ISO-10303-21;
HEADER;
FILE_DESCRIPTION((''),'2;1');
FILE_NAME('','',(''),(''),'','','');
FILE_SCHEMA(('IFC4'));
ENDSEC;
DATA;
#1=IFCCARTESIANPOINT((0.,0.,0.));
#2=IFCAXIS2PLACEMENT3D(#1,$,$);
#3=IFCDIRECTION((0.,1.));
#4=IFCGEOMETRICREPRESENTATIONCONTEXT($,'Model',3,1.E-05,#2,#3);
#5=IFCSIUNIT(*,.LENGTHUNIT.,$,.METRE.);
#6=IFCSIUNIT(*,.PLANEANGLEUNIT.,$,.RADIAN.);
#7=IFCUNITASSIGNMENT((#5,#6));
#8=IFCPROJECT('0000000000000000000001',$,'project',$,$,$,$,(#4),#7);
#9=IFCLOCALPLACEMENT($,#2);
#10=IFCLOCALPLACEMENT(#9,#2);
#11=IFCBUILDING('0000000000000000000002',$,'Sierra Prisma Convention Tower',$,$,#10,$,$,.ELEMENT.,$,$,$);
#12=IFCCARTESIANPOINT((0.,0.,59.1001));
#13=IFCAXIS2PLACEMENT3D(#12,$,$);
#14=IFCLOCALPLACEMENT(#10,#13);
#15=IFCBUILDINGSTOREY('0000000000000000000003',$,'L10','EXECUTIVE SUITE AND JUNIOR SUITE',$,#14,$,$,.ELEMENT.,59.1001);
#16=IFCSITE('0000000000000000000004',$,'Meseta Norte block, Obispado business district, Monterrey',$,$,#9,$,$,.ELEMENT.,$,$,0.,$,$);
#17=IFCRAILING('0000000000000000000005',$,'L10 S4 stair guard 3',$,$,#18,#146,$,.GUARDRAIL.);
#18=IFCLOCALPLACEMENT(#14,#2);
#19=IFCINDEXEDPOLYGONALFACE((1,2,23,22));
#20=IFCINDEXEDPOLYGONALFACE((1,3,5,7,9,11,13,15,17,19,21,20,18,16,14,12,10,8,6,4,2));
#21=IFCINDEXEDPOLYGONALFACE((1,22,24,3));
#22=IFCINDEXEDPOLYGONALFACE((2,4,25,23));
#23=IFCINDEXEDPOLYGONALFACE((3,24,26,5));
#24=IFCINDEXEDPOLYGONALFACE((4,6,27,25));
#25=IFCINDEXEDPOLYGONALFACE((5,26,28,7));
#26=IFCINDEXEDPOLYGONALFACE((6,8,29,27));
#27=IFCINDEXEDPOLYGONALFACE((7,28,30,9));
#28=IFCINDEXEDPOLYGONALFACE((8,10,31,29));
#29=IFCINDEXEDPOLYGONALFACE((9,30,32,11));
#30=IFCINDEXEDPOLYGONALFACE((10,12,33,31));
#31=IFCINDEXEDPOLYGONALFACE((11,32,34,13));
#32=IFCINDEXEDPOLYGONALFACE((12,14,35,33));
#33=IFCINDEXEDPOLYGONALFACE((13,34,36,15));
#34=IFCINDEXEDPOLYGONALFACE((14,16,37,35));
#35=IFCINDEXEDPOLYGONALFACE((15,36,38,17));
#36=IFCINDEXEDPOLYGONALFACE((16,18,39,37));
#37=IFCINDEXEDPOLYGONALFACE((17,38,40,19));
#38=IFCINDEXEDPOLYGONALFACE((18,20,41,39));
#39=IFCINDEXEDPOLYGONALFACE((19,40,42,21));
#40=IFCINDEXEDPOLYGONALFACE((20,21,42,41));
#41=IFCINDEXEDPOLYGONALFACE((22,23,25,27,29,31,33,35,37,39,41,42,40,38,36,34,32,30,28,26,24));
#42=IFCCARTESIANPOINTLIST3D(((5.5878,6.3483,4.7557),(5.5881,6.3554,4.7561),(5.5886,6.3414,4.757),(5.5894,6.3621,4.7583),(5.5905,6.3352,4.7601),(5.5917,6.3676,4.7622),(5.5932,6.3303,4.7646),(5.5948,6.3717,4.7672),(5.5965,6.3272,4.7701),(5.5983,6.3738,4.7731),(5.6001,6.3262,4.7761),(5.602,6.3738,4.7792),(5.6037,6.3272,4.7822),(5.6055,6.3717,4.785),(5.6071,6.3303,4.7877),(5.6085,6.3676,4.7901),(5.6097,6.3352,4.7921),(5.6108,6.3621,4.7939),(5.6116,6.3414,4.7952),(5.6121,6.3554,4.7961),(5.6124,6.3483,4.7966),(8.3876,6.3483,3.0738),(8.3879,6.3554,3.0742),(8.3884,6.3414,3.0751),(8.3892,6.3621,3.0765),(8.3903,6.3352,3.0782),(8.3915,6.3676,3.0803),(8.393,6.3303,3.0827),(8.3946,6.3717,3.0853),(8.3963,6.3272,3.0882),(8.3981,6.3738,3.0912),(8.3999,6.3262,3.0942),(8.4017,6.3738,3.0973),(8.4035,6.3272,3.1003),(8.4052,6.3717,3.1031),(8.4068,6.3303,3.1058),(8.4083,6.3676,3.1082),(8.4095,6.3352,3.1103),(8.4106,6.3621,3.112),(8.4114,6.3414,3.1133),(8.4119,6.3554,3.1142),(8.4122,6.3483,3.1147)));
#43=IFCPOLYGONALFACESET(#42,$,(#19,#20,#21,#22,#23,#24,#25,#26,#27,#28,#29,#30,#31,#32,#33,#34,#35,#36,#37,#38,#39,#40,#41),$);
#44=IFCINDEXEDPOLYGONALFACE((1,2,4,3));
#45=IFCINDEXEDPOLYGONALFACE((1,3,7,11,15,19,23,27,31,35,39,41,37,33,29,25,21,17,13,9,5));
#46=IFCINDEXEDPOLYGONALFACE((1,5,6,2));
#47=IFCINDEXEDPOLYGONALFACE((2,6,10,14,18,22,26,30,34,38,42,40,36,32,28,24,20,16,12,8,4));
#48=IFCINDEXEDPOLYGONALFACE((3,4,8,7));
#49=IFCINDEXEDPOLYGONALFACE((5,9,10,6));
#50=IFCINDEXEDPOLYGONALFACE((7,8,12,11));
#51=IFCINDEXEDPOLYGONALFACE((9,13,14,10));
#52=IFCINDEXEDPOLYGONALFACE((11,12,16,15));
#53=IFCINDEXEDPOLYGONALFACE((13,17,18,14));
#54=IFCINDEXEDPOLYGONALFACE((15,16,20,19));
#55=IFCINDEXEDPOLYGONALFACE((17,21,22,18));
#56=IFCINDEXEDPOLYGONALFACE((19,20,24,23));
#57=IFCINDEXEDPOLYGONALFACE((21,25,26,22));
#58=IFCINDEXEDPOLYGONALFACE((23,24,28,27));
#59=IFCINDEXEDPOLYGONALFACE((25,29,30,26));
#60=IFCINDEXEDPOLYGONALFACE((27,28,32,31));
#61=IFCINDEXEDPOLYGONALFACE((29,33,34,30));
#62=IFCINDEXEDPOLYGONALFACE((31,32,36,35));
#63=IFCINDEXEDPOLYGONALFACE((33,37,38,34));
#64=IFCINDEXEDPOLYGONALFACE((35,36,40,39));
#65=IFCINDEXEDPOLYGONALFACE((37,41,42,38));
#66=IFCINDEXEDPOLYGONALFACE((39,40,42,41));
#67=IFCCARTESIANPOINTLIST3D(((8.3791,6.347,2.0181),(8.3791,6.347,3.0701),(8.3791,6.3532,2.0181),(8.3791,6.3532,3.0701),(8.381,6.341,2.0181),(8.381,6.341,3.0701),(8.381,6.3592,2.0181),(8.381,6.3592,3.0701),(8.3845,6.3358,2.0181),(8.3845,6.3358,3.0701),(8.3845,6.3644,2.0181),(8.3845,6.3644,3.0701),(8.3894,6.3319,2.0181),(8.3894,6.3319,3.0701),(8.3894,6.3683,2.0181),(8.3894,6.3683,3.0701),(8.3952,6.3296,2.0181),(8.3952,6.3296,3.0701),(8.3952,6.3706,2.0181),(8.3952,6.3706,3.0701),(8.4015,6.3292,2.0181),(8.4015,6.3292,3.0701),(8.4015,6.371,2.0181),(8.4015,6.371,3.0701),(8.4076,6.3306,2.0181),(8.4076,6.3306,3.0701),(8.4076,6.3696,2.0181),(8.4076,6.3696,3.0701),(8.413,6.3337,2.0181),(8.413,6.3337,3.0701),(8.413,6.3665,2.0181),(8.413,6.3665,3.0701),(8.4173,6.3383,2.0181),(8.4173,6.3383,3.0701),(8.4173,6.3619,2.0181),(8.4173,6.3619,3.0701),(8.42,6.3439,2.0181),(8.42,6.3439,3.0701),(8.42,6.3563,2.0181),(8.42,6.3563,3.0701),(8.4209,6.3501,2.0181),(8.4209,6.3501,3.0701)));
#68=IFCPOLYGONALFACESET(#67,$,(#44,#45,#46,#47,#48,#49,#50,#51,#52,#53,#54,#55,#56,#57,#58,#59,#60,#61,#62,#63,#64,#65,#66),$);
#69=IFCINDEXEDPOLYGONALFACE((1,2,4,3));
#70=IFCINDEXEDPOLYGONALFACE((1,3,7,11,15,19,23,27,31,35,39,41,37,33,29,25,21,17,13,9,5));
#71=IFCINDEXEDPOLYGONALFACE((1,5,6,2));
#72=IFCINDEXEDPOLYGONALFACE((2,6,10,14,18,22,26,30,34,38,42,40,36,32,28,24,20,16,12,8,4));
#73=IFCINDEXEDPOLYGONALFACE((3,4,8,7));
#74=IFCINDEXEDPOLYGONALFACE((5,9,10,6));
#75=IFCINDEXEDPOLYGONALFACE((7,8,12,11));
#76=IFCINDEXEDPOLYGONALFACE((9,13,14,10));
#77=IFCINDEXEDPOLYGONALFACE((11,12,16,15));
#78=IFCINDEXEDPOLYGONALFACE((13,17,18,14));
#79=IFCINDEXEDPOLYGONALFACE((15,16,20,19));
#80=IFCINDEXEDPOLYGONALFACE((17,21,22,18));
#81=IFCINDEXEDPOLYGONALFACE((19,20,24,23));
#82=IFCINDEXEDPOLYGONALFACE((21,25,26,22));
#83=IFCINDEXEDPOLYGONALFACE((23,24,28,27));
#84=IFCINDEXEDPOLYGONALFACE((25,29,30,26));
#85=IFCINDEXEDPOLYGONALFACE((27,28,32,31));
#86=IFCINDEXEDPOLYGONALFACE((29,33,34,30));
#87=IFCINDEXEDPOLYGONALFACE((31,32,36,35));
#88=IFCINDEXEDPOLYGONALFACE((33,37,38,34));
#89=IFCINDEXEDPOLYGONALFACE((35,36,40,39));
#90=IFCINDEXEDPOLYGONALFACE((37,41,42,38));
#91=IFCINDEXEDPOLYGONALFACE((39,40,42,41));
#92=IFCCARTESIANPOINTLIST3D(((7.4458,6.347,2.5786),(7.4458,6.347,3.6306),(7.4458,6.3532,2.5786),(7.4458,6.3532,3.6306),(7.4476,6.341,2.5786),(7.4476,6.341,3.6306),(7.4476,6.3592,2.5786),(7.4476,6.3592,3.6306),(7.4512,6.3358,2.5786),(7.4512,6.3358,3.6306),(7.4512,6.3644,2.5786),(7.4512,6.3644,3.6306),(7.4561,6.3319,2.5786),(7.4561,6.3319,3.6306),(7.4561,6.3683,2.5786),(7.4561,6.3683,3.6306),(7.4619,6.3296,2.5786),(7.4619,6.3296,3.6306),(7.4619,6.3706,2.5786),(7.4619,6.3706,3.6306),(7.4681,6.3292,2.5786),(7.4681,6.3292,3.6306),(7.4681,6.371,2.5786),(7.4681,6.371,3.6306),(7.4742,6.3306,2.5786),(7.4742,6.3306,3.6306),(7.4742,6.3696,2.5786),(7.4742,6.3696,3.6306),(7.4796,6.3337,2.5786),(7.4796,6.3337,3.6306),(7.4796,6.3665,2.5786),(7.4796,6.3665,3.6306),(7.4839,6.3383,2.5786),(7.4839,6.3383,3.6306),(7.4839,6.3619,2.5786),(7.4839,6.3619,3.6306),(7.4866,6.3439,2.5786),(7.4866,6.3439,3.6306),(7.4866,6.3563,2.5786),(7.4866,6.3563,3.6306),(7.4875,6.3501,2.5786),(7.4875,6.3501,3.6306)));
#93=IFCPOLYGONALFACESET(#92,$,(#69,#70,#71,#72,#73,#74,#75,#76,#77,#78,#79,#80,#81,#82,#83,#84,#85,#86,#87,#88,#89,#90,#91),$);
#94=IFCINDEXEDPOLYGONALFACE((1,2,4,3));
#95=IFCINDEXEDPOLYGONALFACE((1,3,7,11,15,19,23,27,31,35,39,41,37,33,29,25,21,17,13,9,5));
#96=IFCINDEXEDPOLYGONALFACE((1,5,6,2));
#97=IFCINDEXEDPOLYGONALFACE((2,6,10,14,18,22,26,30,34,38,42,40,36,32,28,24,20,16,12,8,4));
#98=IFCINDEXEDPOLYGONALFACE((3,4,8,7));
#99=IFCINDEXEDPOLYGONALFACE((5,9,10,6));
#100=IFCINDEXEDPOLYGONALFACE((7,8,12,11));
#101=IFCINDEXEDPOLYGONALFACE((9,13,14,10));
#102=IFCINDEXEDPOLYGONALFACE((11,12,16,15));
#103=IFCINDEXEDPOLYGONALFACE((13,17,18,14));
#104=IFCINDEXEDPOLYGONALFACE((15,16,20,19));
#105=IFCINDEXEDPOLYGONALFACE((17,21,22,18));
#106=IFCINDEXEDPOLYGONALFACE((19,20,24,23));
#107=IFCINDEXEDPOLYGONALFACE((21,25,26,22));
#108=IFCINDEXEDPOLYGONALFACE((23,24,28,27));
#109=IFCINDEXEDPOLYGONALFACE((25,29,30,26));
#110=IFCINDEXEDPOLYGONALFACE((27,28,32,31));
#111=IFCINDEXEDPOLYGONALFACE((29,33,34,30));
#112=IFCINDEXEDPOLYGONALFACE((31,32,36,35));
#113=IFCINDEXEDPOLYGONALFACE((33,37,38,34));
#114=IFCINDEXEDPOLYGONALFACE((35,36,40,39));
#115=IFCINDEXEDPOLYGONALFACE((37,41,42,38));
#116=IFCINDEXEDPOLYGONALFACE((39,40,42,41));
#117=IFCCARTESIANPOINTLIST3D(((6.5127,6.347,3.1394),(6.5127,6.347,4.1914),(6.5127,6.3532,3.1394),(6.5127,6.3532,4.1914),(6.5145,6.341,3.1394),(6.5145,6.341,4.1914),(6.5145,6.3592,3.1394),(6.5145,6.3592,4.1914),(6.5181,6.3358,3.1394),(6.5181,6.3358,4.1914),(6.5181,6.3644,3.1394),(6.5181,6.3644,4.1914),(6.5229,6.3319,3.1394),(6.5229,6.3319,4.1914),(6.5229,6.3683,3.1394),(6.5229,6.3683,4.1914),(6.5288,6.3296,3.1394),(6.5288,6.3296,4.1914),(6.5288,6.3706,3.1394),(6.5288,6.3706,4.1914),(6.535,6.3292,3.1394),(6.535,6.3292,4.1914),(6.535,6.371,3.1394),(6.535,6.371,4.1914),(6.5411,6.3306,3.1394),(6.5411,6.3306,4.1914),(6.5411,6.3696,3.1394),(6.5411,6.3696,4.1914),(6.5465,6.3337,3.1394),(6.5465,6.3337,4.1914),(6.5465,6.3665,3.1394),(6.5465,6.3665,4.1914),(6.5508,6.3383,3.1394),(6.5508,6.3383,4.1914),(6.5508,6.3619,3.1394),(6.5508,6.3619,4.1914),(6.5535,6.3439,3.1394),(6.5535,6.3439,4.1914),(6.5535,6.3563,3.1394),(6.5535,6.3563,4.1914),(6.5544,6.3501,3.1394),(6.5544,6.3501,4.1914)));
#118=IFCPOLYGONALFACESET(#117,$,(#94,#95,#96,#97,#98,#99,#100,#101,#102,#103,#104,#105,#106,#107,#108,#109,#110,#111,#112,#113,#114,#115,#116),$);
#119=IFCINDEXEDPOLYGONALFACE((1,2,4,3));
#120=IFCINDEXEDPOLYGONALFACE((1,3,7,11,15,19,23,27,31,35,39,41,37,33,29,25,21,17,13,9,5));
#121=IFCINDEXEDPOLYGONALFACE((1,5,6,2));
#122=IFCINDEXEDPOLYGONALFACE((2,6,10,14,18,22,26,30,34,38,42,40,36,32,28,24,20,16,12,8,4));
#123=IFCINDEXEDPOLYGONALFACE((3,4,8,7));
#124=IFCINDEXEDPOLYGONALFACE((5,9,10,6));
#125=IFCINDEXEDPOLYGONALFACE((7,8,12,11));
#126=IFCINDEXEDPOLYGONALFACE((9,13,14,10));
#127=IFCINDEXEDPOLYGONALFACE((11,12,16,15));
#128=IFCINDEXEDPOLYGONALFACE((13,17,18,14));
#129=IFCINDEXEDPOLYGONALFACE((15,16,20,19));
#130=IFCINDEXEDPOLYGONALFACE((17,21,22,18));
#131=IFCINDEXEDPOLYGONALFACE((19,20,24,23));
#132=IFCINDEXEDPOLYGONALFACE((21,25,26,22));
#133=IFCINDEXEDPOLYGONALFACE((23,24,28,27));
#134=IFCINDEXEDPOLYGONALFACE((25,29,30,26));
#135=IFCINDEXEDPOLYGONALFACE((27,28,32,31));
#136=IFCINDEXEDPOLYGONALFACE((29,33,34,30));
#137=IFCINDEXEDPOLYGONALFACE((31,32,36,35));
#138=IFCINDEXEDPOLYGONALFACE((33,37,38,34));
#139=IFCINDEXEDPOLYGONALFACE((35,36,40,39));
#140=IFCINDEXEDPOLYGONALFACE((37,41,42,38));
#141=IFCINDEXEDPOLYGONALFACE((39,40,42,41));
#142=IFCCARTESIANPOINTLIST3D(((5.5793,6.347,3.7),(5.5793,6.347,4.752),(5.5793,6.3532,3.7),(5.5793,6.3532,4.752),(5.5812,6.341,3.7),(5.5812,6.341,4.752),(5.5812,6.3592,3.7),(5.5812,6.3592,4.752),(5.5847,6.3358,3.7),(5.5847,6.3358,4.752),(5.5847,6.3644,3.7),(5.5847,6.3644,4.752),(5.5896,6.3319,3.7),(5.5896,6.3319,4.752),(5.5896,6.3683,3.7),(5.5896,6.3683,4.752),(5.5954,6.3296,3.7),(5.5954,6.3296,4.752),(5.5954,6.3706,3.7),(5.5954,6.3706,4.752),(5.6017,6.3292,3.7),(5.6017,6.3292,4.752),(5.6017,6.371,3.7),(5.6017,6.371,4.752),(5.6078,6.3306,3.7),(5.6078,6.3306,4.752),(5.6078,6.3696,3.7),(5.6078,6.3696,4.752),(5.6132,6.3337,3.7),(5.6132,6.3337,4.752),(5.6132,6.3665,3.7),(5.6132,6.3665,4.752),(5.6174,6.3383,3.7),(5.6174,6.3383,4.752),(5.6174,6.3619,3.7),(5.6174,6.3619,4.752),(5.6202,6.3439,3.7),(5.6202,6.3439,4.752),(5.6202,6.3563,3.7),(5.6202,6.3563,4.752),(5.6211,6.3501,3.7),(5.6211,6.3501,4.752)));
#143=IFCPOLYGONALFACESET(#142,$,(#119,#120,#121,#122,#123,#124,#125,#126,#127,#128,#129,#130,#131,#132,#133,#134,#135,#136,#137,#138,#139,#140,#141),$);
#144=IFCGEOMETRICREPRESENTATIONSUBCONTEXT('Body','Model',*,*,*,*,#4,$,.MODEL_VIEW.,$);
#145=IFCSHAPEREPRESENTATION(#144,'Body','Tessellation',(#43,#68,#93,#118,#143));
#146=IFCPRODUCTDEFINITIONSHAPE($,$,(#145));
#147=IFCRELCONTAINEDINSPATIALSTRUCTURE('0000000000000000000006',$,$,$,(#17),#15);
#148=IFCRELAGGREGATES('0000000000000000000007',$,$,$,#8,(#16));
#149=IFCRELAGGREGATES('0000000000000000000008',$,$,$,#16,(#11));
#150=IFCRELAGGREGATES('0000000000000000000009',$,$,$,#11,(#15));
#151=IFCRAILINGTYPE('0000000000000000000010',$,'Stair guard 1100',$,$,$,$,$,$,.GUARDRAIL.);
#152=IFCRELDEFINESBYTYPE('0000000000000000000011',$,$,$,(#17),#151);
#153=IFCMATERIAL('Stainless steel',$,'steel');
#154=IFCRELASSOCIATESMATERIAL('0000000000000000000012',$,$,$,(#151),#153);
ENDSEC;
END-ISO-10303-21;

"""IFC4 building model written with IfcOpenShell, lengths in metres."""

from ifc_helpers import new_model, si_unit, direction, frame, origin, origin_2d, place, context, subcontext, project, spatial, circle, extrude, material, type_object, element, save


model = new_model("IFC4")

# Units and contexts
model_context = context("Model", 3, precision=1e-05, world=origin(), true_north=direction((0.0, 1.0)))
body_context = subcontext(model_context, "Body", "Model", "MODEL_VIEW")
ifc_project = project(units=[si_unit("LENGTHUNIT", "METRE"), si_unit("PLANEANGLEUNIT", "RADIAN")], contexts=[model_context])

# Site, building, storey
site_placement = place(None, origin())
site = spatial("IfcSite", under=ifc_project, at=site_placement, Name="Meseta Norte block, Obispado business district, Monterrey", CompositionType="ELEMENT", RefElevation=0.0)
building_placement = place(site_placement, origin())
building = spatial("IfcBuilding", under=site, at=building_placement, Name="Sierra Prisma Convention Tower", CompositionType="ELEMENT")
storey_placement = place(building_placement, frame((0.0, 0.0, 59.1001)))
storey = spatial("IfcBuildingStorey", under=building, at=storey_placement, Name="L10", Description="EXECUTIVE SUITE AND JUNIOR SUITE", CompositionType="ELEMENT", Elevation=59.1001)

# Railing
ifc_material_1 = material(Name="Stainless steel", Category="steel")
railing_type_1 = type_object("IfcRailingType", Name="Stair guard 1100", PredefinedType="GUARDRAIL", material=ifc_material_1)
railing_1_placement = place(storey_placement, frame((8.3999, 6.3501, 2.0181)))
element("IfcRailing", 1, at=railing_1_placement, inside=storey, type_object=railing_type_1, Name="L10 S4 stair guard 3", PredefinedType="GUARDRAIL", context=body_context, shape_type="SweptSolid", body=[
    extrude(circle(Radius=0.0239, at=origin_2d()), frame((0.0, 0.0, 1.0762), z_axis=(-0.857222, 0.0, 0.514946), x_axis=(0.0, -1.0, 0.0)), (0.0, 0.0, 1.0), 3.2661),
    extrude(circle(Radius=0.021, at=origin_2d()), origin(), (0.0, 0.0, 1.0), 1.052),
    extrude(circle(Radius=0.021, at=origin_2d()), frame((-0.9333, 0.0, 0.5605)), (0.0, 0.0, 1.0), 1.052),
    extrude(circle(Radius=0.021, at=origin_2d()), frame((-1.8665, 0.0, 1.1213)), (0.0, 0.0, 1.0), 1.052),
    extrude(circle(Radius=0.021, at=origin_2d()), frame((-2.7998, 0.0, 1.6819)), (0.0, 0.0, 1.0), 1.052),
])

save(model, "model.ifc")
